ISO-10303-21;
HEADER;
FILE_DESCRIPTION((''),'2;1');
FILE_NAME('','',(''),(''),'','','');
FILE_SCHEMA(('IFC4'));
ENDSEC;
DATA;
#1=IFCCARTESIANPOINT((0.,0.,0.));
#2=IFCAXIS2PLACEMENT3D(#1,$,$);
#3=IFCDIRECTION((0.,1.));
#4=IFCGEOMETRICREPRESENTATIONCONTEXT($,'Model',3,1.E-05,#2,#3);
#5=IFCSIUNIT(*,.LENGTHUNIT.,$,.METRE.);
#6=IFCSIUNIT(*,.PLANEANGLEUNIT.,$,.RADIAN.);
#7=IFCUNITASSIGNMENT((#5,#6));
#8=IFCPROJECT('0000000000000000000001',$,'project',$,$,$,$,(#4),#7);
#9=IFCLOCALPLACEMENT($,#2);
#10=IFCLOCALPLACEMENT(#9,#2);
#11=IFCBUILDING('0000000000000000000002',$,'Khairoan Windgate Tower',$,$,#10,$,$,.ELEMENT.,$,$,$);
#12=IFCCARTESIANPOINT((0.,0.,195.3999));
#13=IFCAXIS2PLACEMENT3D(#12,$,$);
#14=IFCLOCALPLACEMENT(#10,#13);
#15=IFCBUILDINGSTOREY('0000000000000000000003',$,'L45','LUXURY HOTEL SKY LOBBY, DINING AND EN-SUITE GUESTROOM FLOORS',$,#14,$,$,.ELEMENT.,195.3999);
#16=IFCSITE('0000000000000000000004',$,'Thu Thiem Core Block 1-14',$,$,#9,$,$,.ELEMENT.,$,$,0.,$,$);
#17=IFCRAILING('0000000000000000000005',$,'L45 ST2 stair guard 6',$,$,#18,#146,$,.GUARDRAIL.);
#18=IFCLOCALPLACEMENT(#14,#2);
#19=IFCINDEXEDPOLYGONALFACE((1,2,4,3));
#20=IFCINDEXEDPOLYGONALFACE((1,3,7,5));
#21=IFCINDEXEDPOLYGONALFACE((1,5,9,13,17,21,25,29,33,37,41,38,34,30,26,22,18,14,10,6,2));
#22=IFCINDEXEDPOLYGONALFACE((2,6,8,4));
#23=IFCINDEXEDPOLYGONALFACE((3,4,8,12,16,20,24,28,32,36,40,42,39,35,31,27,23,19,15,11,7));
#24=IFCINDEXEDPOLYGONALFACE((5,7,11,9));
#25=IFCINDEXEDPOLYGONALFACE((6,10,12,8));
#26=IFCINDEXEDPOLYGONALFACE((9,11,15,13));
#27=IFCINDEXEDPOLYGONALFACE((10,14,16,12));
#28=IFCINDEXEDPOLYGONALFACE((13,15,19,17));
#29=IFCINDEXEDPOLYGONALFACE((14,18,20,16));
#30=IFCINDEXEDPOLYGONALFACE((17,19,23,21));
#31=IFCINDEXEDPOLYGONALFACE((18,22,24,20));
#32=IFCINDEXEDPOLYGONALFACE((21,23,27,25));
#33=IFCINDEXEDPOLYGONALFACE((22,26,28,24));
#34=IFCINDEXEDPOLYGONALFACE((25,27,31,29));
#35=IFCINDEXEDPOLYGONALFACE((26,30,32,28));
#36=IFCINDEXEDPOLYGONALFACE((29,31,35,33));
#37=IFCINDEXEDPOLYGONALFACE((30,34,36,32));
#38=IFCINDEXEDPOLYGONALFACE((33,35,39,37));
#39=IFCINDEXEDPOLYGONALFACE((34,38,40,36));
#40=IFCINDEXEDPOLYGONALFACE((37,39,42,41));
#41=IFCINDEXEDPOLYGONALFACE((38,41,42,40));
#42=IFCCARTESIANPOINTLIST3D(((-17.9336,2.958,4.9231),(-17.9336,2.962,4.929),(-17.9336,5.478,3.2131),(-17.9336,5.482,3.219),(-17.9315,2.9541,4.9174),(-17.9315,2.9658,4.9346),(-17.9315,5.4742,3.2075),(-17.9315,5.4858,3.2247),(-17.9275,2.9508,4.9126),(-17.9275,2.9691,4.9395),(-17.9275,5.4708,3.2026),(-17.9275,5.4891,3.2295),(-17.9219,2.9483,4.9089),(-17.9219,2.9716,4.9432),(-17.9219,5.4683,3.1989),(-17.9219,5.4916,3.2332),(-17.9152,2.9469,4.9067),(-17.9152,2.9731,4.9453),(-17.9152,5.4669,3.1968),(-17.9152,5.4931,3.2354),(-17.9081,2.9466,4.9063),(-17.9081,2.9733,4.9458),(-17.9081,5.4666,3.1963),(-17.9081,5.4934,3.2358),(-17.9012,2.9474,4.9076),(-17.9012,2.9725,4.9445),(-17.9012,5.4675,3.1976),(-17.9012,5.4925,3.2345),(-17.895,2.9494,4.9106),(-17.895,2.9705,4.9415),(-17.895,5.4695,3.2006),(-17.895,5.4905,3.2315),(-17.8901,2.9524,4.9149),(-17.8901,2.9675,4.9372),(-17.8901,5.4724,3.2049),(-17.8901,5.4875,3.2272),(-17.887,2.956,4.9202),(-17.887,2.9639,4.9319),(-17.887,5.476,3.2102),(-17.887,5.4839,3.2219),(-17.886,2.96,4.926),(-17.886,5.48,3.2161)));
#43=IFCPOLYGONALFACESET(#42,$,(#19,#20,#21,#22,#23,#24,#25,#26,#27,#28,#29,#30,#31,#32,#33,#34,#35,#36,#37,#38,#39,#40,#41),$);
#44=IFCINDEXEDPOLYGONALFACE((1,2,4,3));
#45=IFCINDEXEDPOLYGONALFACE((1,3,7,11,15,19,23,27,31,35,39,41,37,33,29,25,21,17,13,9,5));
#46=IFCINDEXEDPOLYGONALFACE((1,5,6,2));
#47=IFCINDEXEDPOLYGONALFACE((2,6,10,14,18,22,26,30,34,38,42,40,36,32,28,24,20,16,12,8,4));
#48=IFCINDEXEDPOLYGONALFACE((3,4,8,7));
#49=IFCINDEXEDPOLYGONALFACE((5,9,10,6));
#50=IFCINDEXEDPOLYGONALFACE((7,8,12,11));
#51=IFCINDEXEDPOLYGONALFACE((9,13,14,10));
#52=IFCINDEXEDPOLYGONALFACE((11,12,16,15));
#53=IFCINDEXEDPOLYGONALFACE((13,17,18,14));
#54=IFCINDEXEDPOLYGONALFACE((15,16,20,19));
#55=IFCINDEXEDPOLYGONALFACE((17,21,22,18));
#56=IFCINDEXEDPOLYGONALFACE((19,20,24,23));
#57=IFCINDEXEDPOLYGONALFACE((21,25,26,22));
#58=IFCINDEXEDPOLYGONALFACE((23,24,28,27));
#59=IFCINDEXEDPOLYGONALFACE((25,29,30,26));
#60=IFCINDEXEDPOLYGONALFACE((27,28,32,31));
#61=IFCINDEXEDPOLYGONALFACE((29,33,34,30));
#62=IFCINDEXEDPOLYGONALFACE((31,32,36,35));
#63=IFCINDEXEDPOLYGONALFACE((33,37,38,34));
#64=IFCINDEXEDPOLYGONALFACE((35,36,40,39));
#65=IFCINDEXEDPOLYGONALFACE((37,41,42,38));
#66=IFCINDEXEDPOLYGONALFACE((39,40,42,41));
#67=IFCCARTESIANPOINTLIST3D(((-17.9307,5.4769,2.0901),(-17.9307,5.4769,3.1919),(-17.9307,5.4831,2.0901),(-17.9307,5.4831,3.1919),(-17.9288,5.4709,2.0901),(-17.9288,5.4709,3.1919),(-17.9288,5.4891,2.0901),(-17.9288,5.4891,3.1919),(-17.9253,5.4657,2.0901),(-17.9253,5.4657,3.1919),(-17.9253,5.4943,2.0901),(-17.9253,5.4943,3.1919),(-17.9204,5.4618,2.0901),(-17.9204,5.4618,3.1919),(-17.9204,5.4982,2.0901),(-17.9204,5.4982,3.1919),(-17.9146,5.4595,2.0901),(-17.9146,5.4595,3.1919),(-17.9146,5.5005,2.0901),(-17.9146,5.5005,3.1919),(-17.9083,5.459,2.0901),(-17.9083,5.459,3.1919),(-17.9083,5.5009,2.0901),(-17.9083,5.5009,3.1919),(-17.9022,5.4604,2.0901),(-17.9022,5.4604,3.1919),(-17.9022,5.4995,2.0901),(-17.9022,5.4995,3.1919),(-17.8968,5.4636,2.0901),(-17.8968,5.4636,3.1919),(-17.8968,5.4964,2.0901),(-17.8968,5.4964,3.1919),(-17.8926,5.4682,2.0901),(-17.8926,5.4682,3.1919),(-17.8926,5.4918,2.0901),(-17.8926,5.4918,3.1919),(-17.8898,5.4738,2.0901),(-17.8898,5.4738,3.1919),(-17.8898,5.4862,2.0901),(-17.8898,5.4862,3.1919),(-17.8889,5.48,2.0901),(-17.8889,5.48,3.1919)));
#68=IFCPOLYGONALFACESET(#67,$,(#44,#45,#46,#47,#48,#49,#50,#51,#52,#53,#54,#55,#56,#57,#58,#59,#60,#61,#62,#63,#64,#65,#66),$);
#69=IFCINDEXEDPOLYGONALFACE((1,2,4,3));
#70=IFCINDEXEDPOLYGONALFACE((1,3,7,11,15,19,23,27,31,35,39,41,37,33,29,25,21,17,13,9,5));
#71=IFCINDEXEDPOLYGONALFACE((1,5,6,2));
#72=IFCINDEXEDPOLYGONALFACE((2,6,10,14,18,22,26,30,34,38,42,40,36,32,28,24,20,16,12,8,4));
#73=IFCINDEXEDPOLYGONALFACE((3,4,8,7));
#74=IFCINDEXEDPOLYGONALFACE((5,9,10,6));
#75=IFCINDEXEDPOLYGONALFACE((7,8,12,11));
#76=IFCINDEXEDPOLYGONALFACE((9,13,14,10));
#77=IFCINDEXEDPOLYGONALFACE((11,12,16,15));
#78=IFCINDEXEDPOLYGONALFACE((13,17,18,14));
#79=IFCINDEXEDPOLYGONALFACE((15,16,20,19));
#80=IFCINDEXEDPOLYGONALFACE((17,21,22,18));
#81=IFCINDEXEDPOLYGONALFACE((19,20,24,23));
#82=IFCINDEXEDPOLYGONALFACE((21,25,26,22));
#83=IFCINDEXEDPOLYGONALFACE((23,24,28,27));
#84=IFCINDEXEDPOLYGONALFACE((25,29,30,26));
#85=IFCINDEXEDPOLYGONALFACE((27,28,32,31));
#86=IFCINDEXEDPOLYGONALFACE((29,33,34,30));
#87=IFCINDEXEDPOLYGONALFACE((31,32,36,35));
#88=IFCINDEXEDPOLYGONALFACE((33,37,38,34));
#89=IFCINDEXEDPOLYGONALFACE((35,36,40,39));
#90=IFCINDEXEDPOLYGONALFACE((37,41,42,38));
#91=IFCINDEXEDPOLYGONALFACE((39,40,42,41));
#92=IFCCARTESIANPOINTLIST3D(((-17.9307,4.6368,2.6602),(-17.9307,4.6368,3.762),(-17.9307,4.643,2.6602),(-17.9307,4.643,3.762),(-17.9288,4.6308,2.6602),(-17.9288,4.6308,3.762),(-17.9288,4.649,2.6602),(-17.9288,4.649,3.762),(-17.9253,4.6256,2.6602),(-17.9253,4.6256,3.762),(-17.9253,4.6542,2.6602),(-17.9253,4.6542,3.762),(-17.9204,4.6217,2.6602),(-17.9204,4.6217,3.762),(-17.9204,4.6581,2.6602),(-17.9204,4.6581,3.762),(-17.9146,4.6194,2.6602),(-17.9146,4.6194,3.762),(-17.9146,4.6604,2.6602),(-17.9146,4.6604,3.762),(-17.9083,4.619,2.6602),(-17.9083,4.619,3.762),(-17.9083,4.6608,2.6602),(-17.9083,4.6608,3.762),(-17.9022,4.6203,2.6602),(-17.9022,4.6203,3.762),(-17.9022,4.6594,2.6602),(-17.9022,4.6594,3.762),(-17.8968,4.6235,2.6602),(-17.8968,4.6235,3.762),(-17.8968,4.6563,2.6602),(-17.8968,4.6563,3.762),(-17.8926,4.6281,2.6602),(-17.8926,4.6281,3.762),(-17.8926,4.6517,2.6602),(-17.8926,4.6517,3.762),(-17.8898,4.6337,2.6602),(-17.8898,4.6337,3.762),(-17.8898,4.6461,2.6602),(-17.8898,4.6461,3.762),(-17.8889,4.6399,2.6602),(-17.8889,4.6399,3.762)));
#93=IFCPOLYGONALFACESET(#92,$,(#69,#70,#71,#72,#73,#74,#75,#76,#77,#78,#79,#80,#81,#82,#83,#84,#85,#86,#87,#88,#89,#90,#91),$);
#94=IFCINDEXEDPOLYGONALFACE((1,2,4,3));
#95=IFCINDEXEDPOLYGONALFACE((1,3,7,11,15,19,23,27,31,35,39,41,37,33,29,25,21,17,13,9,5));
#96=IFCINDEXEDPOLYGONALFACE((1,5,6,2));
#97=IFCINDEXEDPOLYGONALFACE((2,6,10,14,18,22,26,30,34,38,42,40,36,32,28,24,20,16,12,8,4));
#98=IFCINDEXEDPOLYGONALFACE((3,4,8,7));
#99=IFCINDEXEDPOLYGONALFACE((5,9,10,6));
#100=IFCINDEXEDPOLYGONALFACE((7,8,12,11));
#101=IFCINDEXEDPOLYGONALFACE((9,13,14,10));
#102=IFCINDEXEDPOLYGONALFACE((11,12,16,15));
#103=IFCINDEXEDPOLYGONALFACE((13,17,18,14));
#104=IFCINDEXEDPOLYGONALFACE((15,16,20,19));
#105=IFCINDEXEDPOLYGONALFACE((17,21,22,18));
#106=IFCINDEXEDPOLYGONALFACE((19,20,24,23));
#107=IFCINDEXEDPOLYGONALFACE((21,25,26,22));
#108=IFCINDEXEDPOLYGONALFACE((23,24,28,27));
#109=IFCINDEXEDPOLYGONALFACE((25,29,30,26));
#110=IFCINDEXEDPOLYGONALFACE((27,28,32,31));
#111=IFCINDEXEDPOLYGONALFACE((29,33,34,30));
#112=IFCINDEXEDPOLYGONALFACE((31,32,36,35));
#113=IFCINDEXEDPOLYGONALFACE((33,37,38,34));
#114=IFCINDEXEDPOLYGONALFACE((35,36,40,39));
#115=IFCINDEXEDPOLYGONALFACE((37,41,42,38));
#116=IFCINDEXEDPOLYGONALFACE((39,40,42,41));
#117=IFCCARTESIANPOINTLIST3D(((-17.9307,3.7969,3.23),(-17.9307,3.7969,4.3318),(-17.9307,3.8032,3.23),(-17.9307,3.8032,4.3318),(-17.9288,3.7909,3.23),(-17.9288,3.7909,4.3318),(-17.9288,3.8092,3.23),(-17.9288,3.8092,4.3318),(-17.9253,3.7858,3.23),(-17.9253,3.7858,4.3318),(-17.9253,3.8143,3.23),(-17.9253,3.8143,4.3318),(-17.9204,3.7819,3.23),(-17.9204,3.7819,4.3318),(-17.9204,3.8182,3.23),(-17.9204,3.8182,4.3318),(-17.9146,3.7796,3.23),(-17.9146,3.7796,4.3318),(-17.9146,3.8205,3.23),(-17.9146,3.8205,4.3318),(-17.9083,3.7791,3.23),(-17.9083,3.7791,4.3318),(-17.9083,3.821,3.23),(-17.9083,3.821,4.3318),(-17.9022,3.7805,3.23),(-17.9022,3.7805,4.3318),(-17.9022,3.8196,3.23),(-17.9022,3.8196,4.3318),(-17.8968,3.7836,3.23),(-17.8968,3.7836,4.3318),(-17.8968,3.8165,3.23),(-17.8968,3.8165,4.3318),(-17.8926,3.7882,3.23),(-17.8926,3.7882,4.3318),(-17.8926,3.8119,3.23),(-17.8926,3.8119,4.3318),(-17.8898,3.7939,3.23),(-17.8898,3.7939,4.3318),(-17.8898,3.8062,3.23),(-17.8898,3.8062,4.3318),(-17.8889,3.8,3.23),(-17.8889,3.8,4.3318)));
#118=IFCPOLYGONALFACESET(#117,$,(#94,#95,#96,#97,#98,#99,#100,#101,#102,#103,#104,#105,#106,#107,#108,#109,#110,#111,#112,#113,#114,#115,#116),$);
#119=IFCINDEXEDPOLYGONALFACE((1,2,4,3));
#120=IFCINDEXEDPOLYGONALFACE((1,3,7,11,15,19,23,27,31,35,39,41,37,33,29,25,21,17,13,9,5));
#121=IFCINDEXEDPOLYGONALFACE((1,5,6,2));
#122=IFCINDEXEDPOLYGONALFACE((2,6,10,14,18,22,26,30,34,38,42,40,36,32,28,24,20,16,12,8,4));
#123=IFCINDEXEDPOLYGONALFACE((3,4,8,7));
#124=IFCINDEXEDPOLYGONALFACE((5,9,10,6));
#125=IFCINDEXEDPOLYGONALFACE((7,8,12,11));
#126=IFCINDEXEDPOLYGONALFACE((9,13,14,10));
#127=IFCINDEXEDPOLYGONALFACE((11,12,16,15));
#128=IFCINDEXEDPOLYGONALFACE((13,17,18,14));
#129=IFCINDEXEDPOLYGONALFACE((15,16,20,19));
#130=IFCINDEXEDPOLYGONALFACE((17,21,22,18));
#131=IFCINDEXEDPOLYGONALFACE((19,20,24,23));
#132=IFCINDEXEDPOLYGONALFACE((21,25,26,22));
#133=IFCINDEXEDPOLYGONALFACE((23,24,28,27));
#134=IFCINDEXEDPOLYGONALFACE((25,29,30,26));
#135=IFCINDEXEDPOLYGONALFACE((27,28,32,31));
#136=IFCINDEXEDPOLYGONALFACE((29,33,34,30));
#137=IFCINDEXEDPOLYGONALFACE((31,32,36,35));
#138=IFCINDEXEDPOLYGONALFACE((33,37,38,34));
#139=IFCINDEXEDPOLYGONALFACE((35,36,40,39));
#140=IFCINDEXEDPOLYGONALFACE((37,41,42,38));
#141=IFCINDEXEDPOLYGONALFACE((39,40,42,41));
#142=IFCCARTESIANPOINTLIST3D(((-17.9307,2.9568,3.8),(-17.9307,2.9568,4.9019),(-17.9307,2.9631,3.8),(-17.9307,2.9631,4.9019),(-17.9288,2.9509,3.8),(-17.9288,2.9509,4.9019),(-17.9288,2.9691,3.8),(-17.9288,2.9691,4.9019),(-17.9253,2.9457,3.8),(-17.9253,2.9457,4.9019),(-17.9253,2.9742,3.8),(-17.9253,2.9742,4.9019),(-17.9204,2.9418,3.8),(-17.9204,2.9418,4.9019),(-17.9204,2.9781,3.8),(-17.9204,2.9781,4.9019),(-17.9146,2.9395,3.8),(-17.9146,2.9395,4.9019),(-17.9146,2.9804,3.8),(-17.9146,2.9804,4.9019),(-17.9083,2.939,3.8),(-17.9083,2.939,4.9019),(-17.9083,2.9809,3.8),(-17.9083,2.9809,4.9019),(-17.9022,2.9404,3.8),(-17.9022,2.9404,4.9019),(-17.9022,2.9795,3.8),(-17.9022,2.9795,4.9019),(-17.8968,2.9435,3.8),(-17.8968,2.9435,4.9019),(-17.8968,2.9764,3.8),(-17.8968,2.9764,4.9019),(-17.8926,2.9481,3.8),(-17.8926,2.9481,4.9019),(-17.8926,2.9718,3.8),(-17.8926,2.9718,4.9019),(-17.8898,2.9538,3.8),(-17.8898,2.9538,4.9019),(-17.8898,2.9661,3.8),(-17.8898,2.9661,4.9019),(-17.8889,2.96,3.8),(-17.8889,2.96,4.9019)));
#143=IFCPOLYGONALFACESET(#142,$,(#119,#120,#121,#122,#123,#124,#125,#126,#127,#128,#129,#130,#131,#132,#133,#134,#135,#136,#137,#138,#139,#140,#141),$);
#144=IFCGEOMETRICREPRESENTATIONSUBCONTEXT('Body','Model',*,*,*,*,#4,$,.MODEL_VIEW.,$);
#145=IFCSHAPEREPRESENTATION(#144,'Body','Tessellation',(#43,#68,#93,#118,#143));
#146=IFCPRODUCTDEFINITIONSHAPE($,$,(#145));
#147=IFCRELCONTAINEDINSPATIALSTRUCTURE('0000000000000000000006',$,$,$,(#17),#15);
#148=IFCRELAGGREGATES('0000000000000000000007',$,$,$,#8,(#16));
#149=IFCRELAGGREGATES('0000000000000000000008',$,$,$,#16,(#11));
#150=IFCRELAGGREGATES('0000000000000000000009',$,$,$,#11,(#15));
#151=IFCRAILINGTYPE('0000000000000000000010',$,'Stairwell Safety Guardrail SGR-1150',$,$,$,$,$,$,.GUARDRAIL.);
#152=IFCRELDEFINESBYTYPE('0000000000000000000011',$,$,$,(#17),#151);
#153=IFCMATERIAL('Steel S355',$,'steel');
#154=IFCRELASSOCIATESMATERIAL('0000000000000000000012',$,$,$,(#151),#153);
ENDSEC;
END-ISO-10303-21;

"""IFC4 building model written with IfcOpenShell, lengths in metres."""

from ifc_helpers import new_model, si_unit, direction, frame, origin, origin_2d, place, context, subcontext, project, spatial, circle, extrude, material, type_object, element, save


model = new_model("IFC4")

# Units and contexts
model_context = context("Model", 3, precision=1e-05, world=origin(), true_north=direction((0.0, 1.0)))
body_context = subcontext(model_context, "Body", "Model", "MODEL_VIEW")
ifc_project = project(units=[si_unit("LENGTHUNIT", "METRE"), si_unit("PLANEANGLEUNIT", "RADIAN")], contexts=[model_context])

# Site, building, storey
site_placement = place(None, origin())
site = spatial("IfcSite", under=ifc_project, at=site_placement, Name="Thu Thiem Core Block 1-14", CompositionType="ELEMENT", RefElevation=0.0)
building_placement = place(site_placement, origin())
building = spatial("IfcBuilding", under=site, at=building_placement, Name="Khairoan Windgate Tower", CompositionType="ELEMENT")
storey_placement = place(building_placement, frame((0.0, 0.0, 195.3999)))
storey = spatial("IfcBuildingStorey", under=building, at=storey_placement, Name="L45", Description="LUXURY HOTEL SKY LOBBY, DINING AND EN-SUITE GUESTROOM FLOORS", CompositionType="ELEMENT", Elevation=195.3999)

# Railing
ifc_material_1 = material(Name="Steel S355", Category="steel")
railing_type_1 = type_object("IfcRailingType", Name="Stairwell Safety Guardrail SGR-1150", PredefinedType="GUARDRAIL", material=ifc_material_1)
railing_1_placement = place(storey_placement, frame((-17.9099, 5.48, 2.0901)))
element("IfcRailing", 1, at=railing_1_placement, inside=storey, type_object=railing_type_1, Name="L45 ST2 stair guard 6", PredefinedType="GUARDRAIL", context=body_context, shape_type="SweptSolid", body=[
    extrude(circle(Radius=0.0239, at=origin_2d()), frame((0.0, 0.0, 1.126), z_axis=(0.0, -0.827484, 0.56149), x_axis=(1.0, 0.0, 0.0)), (0.0, 0.0, 1.0), 3.0454),
    extrude(circle(Radius=0.021, at=origin_2d()), origin(), (0.0, 0.0, 1.0), 1.1018),
    extrude(circle(Radius=0.021, at=origin_2d()), frame((0.0, -0.8401, 0.5701)), (0.0, 0.0, 1.0), 1.1018),
    extrude(circle(Radius=0.021, at=origin_2d()), frame((0.0, -1.6799, 1.1399)), (0.0, 0.0, 1.0), 1.1018),
    extrude(circle(Radius=0.021, at=origin_2d()), frame((0.0, -2.52, 1.71)), (0.0, 0.0, 1.0), 1.1018),
])

save(model, "model.ifc")
